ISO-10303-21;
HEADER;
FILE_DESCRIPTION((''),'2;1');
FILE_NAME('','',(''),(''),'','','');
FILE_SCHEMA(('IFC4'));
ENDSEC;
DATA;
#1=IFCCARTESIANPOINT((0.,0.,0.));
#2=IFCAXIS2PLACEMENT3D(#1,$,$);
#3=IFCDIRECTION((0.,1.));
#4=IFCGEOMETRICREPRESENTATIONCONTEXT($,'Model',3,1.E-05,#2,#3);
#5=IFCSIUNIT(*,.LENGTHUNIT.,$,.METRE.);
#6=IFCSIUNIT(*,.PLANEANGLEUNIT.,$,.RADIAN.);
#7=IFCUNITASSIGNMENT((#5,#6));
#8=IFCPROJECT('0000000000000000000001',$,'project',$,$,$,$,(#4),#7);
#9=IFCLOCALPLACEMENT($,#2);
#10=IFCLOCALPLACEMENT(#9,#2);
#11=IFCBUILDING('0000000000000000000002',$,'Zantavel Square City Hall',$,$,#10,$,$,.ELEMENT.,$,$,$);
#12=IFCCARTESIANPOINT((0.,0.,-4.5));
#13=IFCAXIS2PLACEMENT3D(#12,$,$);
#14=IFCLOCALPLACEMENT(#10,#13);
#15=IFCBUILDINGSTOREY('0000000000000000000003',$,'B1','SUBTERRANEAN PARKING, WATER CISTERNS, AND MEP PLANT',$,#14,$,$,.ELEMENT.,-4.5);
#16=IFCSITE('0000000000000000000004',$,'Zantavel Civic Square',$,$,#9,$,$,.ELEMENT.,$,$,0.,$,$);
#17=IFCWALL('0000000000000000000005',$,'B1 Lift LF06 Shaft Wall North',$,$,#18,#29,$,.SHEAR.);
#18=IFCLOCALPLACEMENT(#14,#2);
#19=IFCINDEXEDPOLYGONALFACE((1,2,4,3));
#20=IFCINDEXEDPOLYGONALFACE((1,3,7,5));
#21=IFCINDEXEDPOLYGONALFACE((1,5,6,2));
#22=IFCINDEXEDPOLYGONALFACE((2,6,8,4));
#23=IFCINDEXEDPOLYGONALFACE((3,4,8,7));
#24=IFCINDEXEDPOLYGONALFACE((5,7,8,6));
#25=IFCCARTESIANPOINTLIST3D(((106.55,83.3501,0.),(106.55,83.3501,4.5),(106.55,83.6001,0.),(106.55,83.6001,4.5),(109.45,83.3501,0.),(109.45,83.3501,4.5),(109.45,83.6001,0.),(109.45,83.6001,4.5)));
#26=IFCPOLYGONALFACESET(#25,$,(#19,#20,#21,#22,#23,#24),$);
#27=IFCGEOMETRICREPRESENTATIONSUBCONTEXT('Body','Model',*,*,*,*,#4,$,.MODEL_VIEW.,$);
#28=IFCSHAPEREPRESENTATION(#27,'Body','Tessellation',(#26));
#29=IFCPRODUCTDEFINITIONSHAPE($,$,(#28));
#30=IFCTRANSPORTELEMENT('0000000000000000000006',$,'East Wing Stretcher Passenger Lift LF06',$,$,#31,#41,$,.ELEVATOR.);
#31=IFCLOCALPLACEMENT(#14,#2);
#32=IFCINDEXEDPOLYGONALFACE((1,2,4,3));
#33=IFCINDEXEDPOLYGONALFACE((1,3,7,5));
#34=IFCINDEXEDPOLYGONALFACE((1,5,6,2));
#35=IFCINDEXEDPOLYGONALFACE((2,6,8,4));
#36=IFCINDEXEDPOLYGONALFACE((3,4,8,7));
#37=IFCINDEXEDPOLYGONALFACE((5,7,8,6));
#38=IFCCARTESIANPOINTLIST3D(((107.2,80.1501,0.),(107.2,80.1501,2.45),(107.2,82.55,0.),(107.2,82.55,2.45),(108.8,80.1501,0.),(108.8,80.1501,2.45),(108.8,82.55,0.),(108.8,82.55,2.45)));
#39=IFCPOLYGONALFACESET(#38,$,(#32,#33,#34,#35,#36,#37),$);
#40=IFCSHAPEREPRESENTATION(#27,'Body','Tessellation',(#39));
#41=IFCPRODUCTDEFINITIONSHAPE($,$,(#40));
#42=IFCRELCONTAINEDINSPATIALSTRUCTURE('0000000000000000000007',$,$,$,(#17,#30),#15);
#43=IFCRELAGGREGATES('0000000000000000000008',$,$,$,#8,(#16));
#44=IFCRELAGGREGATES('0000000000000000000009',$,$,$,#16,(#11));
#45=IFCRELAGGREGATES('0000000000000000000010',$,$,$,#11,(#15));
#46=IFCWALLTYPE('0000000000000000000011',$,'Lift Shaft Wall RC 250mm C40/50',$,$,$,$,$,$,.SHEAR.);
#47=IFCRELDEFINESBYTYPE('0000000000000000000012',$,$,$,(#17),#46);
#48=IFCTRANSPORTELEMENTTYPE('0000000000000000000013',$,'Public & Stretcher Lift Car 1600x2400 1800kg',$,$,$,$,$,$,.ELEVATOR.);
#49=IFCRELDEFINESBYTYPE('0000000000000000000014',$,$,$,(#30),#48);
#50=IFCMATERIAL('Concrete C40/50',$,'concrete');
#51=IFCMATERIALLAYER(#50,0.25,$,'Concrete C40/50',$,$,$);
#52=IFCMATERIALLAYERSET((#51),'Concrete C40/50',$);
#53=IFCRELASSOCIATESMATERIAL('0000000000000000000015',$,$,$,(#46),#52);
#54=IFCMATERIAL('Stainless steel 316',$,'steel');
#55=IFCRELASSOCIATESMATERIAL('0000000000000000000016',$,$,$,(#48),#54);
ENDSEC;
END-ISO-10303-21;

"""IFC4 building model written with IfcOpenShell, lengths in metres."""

from ifc_helpers import new_model, si_unit, direction, frame, frame_2d, origin, origin_2d, place, context, subcontext, project, spatial, rectangle, extrude, material, layer, layer_set, type_object, element, save


model = new_model("IFC4")

# Units and contexts
model_context = context("Model", 3, precision=1e-05, world=origin(), true_north=direction((0.0, 1.0)))
body_context = subcontext(model_context, "Body", "Model", "MODEL_VIEW")
ifc_project = project(units=[si_unit("LENGTHUNIT", "METRE"), si_unit("PLANEANGLEUNIT", "RADIAN")], contexts=[model_context])

# Site, building, storey
site_placement = place(None, origin())
site = spatial("IfcSite", under=ifc_project, at=site_placement, Name="Zantavel Civic Square", CompositionType="ELEMENT", RefElevation=0.0)
building_placement = place(site_placement, origin())
building = spatial("IfcBuilding", under=site, at=building_placement, Name="Zantavel Square City Hall", CompositionType="ELEMENT")
storey_placement = place(building_placement, frame((0.0, 0.0, -4.5)))
storey = spatial("IfcBuildingStorey", under=building, at=storey_placement, Name="B1", Description="SUBTERRANEAN PARKING, WATER CISTERNS, AND MEP PLANT", CompositionType="ELEMENT", Elevation=-4.5)

# Shared definitions
ifc_material_1 = material(Name="Concrete C40/50", Category="concrete")

# Wall
ifc_layer_1 = layer(ifc_material_1, 0.25, Name="Concrete C40/50")
ifc_layer_set_1 = layer_set([ifc_layer_1], Name="Concrete C40/50")
wall_type_1 = type_object("IfcWallType", Name="Lift Shaft Wall RC 250mm C40/50", PredefinedType="SHEAR", material=ifc_layer_set_1)
wall_1_placement = place(storey_placement, frame((106.55, 83.4751, 0.0), z_axis=(0.0, 0.0, 1.0), x_axis=(1.0, 0.0, 0.0)))
element("IfcWall", 1, at=wall_1_placement, inside=storey, type_object=wall_type_1, Name="B1 Lift LF06 Shaft Wall North", PredefinedType="SHEAR", context=body_context, shape_type="SweptSolid", body=[
    extrude(rectangle(XDim=2.8999, YDim=0.25, at=frame_2d((1.45, 0.0))), origin(), (0.0, 0.0, 1.0), 4.5),
])

# Transport element
ifc_material_2 = material(Name="Stainless steel 316", Category="steel")
transport_element_type = type_object("IfcTransportElementType", Name="Public & Stretcher Lift Car 1600x2400 1800kg", PredefinedType="ELEVATOR", material=ifc_material_2)
transport_element_placement = place(storey_placement, frame((108.0, 81.3501, 0.0), z_axis=(0.0, 0.0, 1.0), x_axis=(1.0, 0.0, 0.0)))
element("IfcTransportElement", 2, at=transport_element_placement, inside=storey, type_object=transport_element_type, Name="East Wing Stretcher Passenger Lift LF06", PredefinedType="ELEVATOR", context=body_context, shape_type="SweptSolid", body=[
    extrude(rectangle(XDim=1.6001, YDim=2.3999, at=origin_2d()), origin(), (0.0, 0.0, 1.0), 2.45),
])

save(model, "model.ifc")
